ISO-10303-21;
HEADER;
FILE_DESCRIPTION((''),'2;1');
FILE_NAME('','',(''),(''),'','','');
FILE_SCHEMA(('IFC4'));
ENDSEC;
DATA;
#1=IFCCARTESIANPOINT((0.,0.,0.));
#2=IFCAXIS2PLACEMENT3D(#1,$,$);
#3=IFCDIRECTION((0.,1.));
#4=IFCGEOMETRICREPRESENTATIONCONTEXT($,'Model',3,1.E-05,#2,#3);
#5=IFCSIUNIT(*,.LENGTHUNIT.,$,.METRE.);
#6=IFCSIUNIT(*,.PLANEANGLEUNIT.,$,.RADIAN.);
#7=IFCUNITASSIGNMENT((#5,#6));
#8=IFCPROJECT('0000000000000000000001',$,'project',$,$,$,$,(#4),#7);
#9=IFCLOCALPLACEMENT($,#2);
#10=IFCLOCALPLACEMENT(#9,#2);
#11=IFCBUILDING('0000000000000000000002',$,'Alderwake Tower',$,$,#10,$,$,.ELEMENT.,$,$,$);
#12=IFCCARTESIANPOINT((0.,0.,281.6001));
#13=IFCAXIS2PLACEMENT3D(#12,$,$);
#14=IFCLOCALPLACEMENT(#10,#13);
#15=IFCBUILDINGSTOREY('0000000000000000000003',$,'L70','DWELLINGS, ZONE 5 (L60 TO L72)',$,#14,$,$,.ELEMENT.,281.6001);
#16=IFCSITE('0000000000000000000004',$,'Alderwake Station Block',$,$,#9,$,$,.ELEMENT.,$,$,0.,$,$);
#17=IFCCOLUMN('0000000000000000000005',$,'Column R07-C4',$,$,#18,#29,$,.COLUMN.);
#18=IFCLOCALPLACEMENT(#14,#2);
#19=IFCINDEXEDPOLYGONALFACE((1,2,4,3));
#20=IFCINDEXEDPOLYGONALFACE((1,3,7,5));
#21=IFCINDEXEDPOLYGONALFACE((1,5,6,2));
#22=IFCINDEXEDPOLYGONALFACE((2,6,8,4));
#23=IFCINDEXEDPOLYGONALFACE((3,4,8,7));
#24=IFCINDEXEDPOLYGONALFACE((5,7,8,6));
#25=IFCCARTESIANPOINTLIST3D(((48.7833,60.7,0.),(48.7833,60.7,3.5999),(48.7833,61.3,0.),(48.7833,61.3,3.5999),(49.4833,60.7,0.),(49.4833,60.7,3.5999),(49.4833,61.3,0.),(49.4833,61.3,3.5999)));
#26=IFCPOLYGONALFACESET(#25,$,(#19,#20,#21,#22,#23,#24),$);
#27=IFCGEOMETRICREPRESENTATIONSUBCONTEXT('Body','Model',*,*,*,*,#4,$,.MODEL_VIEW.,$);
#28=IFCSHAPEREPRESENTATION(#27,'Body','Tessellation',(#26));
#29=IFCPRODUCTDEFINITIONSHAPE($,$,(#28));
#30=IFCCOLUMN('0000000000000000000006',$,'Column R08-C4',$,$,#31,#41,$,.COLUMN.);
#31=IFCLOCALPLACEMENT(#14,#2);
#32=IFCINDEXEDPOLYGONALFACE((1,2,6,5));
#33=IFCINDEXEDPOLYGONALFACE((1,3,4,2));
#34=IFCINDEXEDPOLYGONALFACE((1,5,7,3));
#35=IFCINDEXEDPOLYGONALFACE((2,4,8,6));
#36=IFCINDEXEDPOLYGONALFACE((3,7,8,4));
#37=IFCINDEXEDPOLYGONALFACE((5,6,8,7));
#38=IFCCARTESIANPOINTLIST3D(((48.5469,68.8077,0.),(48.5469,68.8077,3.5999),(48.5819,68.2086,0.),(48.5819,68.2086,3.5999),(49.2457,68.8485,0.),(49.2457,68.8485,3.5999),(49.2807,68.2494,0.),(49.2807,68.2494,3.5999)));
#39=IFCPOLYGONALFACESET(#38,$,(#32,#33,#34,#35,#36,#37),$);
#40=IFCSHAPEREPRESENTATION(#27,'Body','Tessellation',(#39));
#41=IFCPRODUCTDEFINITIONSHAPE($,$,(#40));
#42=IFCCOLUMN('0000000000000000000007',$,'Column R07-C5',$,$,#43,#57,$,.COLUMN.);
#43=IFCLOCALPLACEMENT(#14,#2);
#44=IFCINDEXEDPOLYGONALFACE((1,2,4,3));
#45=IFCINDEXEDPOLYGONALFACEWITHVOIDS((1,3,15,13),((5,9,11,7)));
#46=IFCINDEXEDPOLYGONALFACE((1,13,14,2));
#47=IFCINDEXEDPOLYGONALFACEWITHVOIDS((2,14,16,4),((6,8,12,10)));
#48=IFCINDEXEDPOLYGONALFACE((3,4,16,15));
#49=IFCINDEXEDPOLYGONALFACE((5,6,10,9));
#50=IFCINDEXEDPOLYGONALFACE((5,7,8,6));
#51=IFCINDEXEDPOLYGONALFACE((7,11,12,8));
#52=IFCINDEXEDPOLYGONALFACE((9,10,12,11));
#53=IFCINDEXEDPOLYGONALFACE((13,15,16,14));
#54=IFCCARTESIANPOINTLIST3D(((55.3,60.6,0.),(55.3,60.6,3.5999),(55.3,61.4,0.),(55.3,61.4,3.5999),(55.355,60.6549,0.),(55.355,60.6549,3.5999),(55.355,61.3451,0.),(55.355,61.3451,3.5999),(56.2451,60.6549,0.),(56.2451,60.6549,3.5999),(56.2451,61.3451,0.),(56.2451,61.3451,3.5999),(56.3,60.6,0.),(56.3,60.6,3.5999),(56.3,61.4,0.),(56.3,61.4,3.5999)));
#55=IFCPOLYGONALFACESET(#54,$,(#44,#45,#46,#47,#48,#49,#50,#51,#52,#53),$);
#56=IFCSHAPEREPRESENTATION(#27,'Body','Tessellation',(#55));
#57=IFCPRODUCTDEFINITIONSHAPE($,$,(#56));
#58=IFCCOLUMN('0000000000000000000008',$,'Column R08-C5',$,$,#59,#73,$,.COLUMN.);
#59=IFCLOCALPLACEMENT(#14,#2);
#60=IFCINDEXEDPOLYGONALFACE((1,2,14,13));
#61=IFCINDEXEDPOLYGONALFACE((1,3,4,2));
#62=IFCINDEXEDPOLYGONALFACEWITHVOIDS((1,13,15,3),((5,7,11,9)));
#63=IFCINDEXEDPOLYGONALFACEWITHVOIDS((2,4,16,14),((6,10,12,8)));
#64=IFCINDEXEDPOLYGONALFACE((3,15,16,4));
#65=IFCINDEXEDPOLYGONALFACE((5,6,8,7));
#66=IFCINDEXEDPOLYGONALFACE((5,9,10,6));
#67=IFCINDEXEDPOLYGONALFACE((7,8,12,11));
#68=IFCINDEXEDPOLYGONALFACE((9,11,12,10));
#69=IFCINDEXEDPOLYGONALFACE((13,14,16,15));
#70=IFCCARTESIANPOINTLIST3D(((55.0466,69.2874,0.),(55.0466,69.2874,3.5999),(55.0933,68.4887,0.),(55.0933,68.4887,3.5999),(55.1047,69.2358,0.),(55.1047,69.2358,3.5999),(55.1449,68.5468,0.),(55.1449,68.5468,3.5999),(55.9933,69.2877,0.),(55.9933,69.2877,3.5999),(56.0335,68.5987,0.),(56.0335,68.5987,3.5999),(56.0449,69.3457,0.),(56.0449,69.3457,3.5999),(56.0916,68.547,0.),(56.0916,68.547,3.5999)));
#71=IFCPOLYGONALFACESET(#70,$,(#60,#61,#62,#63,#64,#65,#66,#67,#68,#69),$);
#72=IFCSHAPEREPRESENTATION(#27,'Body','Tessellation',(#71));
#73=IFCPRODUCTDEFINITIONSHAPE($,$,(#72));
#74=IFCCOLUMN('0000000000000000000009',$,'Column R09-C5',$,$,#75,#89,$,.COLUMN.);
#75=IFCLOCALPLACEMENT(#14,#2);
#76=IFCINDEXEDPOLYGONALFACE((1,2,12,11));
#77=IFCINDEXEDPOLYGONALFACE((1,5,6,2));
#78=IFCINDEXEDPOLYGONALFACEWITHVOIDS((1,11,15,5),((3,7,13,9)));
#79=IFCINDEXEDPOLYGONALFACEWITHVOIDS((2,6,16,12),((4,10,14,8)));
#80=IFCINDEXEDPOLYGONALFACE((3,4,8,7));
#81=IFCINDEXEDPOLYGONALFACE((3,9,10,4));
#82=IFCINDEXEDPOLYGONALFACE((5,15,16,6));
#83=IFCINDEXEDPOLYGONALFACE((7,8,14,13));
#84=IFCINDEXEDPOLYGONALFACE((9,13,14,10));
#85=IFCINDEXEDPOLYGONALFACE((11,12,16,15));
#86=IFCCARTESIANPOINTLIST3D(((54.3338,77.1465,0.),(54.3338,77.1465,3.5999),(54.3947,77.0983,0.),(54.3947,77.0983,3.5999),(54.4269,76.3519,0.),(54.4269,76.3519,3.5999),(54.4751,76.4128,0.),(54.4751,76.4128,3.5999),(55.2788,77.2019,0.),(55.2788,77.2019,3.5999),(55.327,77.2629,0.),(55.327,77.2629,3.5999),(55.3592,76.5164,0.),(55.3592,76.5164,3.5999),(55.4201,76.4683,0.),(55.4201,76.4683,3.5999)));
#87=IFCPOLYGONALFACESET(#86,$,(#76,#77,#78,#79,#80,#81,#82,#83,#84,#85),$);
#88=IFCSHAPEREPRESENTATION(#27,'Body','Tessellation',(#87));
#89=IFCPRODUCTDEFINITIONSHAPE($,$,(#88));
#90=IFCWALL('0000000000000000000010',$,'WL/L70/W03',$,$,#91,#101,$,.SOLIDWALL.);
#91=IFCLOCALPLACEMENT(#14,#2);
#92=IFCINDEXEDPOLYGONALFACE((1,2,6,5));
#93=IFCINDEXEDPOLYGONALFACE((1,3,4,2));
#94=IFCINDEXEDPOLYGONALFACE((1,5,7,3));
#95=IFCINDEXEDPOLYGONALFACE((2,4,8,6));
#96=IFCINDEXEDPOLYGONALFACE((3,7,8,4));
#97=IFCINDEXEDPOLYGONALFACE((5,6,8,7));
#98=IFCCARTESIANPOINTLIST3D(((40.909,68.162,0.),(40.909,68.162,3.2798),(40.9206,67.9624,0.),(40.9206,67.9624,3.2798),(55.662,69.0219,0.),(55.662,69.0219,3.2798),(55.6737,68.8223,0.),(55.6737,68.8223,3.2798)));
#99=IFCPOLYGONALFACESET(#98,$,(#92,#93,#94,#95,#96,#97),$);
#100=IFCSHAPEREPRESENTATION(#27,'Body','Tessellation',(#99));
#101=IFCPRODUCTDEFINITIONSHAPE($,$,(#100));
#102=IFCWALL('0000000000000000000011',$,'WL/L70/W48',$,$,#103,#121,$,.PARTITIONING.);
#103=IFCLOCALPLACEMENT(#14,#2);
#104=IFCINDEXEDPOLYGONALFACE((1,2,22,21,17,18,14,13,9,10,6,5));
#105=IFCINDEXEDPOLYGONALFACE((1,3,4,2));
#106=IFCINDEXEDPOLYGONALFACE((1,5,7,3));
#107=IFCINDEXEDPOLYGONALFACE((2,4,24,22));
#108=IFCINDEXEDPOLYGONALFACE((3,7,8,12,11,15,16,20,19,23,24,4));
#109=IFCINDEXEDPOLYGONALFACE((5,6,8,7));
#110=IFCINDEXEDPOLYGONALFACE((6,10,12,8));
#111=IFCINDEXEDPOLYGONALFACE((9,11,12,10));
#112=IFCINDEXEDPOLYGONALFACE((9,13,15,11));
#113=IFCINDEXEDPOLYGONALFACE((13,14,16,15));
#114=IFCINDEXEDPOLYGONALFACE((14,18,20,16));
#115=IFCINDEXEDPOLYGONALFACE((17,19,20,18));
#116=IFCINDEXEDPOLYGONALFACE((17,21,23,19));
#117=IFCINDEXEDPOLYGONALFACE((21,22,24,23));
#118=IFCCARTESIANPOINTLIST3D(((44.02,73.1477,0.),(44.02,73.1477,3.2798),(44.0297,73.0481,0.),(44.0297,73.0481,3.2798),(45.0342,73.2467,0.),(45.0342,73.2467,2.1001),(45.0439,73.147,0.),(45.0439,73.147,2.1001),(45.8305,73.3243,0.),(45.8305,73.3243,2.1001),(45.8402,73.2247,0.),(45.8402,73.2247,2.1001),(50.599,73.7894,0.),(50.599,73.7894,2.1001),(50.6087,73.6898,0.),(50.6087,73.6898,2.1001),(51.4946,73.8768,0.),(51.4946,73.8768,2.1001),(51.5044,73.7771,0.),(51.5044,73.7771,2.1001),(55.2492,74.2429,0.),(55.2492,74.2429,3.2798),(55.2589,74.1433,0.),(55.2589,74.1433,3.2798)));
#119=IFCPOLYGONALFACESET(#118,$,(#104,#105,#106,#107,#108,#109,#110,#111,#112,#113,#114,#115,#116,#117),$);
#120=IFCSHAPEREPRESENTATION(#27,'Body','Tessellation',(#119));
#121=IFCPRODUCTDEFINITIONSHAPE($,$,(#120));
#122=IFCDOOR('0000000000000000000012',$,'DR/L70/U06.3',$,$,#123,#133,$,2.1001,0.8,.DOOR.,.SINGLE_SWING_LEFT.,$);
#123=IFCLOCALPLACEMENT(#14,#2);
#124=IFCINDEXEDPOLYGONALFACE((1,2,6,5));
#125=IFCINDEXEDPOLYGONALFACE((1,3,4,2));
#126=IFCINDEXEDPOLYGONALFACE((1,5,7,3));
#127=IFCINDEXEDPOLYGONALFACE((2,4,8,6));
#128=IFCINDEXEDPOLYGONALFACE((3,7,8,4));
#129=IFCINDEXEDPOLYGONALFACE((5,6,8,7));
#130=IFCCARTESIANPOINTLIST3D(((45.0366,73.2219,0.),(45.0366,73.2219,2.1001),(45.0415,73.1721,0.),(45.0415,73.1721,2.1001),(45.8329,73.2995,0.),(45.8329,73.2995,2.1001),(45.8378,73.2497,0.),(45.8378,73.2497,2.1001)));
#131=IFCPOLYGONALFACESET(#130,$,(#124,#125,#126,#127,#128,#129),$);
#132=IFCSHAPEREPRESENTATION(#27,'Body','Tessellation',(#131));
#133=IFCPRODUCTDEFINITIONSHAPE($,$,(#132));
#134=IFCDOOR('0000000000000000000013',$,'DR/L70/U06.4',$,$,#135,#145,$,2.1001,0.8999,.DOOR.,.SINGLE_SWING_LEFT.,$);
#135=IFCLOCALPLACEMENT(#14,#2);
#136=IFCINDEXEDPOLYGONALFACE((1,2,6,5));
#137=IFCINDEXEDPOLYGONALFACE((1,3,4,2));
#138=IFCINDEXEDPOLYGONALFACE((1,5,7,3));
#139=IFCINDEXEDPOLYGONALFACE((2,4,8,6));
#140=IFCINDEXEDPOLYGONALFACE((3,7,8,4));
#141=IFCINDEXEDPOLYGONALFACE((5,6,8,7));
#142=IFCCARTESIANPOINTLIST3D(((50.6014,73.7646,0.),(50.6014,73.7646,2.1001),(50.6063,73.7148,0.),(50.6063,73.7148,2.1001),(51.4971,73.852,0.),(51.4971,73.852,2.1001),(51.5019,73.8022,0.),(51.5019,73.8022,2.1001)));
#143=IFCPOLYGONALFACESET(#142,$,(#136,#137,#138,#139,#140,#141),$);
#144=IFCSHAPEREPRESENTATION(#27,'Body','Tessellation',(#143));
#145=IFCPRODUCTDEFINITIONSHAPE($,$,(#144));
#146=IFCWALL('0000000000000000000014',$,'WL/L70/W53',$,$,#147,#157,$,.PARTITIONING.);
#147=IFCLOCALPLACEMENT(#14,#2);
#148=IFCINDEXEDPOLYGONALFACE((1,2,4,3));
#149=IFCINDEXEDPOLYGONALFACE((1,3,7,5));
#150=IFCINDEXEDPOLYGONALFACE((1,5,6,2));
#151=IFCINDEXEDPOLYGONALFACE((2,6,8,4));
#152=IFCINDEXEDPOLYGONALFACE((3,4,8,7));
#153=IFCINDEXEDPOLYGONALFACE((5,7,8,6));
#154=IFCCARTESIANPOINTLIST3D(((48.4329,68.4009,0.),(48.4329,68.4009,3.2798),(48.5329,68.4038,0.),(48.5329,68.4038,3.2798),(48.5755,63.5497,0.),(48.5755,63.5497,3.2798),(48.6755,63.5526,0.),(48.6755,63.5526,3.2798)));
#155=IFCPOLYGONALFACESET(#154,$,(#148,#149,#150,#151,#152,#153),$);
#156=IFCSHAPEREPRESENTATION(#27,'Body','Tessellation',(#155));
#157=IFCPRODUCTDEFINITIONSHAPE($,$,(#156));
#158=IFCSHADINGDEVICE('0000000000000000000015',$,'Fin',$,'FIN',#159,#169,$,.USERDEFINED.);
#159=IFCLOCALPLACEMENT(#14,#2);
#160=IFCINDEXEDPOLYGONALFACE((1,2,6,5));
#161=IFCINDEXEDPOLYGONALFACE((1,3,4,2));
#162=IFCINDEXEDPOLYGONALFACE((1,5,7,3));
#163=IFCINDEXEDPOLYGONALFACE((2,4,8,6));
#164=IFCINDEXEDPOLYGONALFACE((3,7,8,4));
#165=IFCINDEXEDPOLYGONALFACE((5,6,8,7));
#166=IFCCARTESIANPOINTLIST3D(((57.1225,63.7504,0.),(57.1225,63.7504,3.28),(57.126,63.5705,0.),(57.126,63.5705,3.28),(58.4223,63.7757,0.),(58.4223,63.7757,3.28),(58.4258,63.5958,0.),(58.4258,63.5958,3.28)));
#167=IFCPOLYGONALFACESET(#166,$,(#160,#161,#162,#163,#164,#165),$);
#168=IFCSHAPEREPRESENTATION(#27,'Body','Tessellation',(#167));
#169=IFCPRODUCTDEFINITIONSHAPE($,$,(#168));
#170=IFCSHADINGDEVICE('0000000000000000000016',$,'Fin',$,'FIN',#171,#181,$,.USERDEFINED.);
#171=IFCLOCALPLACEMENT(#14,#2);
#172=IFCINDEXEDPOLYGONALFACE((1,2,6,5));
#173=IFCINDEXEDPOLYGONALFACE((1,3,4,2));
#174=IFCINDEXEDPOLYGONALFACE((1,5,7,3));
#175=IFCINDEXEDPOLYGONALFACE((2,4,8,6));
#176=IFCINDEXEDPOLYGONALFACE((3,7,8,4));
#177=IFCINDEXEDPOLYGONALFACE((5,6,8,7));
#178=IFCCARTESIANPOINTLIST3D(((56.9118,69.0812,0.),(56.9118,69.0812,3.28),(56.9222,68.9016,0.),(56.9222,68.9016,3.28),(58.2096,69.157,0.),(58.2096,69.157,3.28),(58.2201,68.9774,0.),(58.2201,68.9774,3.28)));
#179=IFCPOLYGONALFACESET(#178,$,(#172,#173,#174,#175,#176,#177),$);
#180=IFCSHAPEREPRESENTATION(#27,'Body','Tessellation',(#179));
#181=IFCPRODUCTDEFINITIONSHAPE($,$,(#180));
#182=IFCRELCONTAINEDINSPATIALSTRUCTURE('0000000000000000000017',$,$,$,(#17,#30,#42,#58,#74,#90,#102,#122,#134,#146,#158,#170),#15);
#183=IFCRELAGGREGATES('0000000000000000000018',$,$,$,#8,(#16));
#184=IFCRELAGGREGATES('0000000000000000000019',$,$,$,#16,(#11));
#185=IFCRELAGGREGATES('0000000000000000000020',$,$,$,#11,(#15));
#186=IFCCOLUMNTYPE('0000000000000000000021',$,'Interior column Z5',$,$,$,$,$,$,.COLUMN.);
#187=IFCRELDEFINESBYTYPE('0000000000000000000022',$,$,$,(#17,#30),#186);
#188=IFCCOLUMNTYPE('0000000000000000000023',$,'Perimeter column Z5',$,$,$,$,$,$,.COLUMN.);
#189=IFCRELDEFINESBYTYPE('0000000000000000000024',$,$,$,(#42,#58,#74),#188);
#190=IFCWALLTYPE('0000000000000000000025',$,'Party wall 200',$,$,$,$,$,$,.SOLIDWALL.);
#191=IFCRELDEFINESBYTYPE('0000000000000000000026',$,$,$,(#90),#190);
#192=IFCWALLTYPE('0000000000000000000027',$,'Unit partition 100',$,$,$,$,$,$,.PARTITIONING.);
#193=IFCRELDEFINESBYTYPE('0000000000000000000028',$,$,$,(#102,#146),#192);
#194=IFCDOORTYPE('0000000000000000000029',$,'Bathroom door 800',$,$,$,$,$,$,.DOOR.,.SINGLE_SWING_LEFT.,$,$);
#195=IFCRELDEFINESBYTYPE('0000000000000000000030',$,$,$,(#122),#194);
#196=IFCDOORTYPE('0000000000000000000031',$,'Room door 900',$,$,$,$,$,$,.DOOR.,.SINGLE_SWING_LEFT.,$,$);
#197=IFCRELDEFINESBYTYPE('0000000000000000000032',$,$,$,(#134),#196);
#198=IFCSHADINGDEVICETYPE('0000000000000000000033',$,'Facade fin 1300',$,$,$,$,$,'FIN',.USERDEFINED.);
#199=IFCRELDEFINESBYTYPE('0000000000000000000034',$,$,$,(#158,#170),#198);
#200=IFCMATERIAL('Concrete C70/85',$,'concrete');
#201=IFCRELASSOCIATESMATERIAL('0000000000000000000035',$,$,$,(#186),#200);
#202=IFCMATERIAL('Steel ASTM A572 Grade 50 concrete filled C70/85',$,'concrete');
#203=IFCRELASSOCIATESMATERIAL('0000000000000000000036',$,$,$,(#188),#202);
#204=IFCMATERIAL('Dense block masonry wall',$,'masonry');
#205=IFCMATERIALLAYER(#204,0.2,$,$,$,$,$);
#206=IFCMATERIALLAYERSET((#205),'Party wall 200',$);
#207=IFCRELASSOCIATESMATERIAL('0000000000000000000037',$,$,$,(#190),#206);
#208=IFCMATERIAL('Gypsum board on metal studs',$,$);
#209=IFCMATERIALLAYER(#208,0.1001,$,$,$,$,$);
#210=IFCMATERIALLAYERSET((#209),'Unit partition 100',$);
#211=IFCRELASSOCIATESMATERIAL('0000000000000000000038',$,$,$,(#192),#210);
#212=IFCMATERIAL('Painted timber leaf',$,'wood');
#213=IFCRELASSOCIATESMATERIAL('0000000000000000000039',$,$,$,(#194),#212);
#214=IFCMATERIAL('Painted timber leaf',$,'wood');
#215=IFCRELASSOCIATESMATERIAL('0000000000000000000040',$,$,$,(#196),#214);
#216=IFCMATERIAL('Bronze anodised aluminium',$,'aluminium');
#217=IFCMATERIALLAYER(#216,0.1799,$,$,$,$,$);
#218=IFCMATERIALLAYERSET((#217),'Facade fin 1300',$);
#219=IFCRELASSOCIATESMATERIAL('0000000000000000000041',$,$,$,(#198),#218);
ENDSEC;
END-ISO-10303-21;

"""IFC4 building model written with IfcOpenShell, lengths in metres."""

from ifc_helpers import new_model, si_unit, direction, frame, frame_2d, origin, origin_2d, place, context, subcontext, project, spatial, rectangle, hollow_rectangle, extrude, material, layer, layer_set, material_profile, profile_set, type_object, element, fill, save


model = new_model("IFC4")

# Units and contexts
model_context = context("Model", 3, precision=1e-05, world=origin(), true_north=direction((0.0, 1.0)))
body_context = subcontext(model_context, "Body", "Model", "MODEL_VIEW")
ifc_project = project(units=[si_unit("LENGTHUNIT", "METRE"), si_unit("PLANEANGLEUNIT", "RADIAN")], contexts=[model_context])

# Site, building, storey
site_placement = place(None, origin())
site = spatial("IfcSite", under=ifc_project, at=site_placement, Name="Alderwake Station Block", CompositionType="ELEMENT", RefElevation=0.0)
building_placement = place(site_placement, origin())
building = spatial("IfcBuilding", under=site, at=building_placement, Name="Alderwake Tower", CompositionType="ELEMENT")
storey_placement = place(building_placement, frame((0.0, 0.0, 281.6001)))
storey = spatial("IfcBuildingStorey", under=building, at=storey_placement, Name="L70", Description="DWELLINGS, ZONE 5 (L60 TO L72)", CompositionType="ELEMENT", Elevation=281.6001)

# Columns
ifc_material_1 = material(Name="Concrete C70/85", Category="concrete")
ifc_material_profile_1 = material_profile(ifc_material_1, rectangle(XDim=0.6001, YDim=0.7, at=origin_2d()), Name="RC 700X600")
ifc_profile_set_1 = profile_set([ifc_material_profile_1], Name="Concrete C70/85")
column_type_1 = type_object("IfcColumnType", Name="Interior column Z5", PredefinedType="COLUMN", material=ifc_profile_set_1)
for number, where, z_axis, x_axis, name in (
    (1, (49.1333, 61.0, 0.0), (0.0, 0.0, 1.0), (0.0, 1.0, 0.0), "Column R07-C4"),
    (2, (48.9138, 68.5286, 0.0), (0.0, 0.0, 1.0), (-0.058301, 0.998299, 0.0), "Column R08-C4"),
):
    element("IfcColumn", number, at=place(storey_placement, frame(where, z_axis=z_axis, x_axis=x_axis)), inside=storey, type_object=column_type_1, Name=name, PredefinedType="COLUMN", context=body_context, shape_type="SweptSolid", body=[
        extrude(rectangle(XDim=0.6001, YDim=0.7, at=origin_2d()), origin(), (0.0, 0.0, 1.0), 3.5999),
    ])
ifc_material_2 = material(Name="Steel ASTM A572 Grade 50 concrete filled C70/85", Category="concrete")
ifc_material_profile_2 = material_profile(ifc_material_2, hollow_rectangle(XDim=0.8, YDim=1.0, WallThickness=0.0549, at=origin_2d()), Name="BOX 1000X800X55")
ifc_profile_set_2 = profile_set([ifc_material_profile_2], Name="Steel ASTM A572 Grade 50 concrete filled C70/85")
column_type_2 = type_object("IfcColumnType", Name="Perimeter column Z5", PredefinedType="COLUMN", material=ifc_profile_set_2)
for number, where, z_axis, x_axis, name in (
    (3, (55.8, 61.0, 0.0), (0.0, 0.0, 1.0), (0.0, 1.0, 0.0), "Column R07-C5"),
    (4, (55.5691, 68.9172, 0.0), (0.0, 0.0, 1.0), (-0.058301, 0.998299, 0.0), "Column R08-C5"),
    (5, (54.877, 76.8074, 0.0), (0.0, 0.0, 1.0), (-0.116402, 0.993202, 0.0), "Column R09-C5"),
):
    element("IfcColumn", number, at=place(storey_placement, frame(where, z_axis=z_axis, x_axis=x_axis)), inside=storey, type_object=column_type_2, Name=name, PredefinedType="COLUMN", context=body_context, shape_type="SweptSolid", body=[
        extrude(hollow_rectangle(XDim=0.8, YDim=1.0, WallThickness=0.0549, at=origin_2d()), origin(), (0.0, 0.0, 1.0), 3.5999),
    ])

# Wall
ifc_material_3 = material(Name="Dense block masonry wall", Category="masonry")
ifc_layer_1 = layer(ifc_material_3, 0.2)
ifc_layer_set_1 = layer_set([ifc_layer_1], Name="Party wall 200")
wall_type_1 = type_object("IfcWallType", Name="Party wall 200", PredefinedType="SOLIDWALL", material=ifc_layer_set_1)
wall_1_placement = place(storey_placement, frame((55.668, 68.9221, 0.0), z_axis=(0.0, 0.0, 1.0), x_axis=(-0.998306, -0.058185, 0.0)))
element("IfcWall", 6, at=wall_1_placement, inside=storey, type_object=wall_type_1, Name="WL/L70/W03", PredefinedType="SOLIDWALL", context=body_context, shape_type="SweptSolid", body=[
    extrude(rectangle(XDim=14.7781, YDim=0.2, at=frame_2d((7.3892, 0.0))), origin(), (0.0, 0.0, 1.0), 3.2798),
])

# Wall, openings, doors
ifc_material_4 = material(Name="Gypsum board on metal studs")
ifc_layer_2 = layer(ifc_material_4, 0.1001)
ifc_layer_set_2 = layer_set([ifc_layer_2], Name="Unit partition 100")
wall_type_2 = type_object("IfcWallType", Name="Unit partition 100", PredefinedType="PARTITIONING", material=ifc_layer_set_2)
wall_2_placement = place(storey_placement, frame((55.2539, 74.1931, 0.0), z_axis=(0.0, 0.0, 1.0), x_axis=(-0.995277, -0.097072, 0.0)))
wall_2 = element("IfcWall", 7, at=wall_2_placement, inside=storey, type_object=wall_type_2, Name="WL/L70/W48", PredefinedType="PARTITIONING", context=body_context, shape_type="SweptSolid", body=[
    extrude(rectangle(XDim=11.2825, YDim=0.1001, at=frame_2d((5.6411, 0.0))), origin(), (0.0, 0.0, 1.0), 3.2798),
])
opening_1_placement = place(wall_2_placement, frame((9.4634, 0.0, 0.0)))
opening_1 = element("IfcOpeningElement", 8, at=opening_1_placement, cuts=wall_2, PredefinedType="OPENING", context=body_context, shape_type="SweptSolid", body=[
    extrude(rectangle(XDim=0.8, YDim=2.1001, at=frame_2d((0.3999, 1.05))), frame((0.0, 0.0601, 0.0), z_axis=(0.0, -1.0, 0.0), x_axis=(1.0, 0.0, 0.0)), (0.0, 0.0, 1.0), 0.1201),
])
opening_2_placement = place(wall_2_placement, frame((3.7722, 0.0, 0.0)))
opening_2 = element("IfcOpeningElement", 9, at=opening_2_placement, cuts=wall_2, PredefinedType="OPENING", context=body_context, shape_type="SweptSolid", body=[
    extrude(rectangle(XDim=0.8999, YDim=2.1001, at=frame_2d((0.45, 1.05))), frame((0.0, 0.0601, 0.0), z_axis=(0.0, -1.0, 0.0), x_axis=(1.0, 0.0, 0.0)), (0.0, 0.0, 1.0), 0.1201),
])
ifc_material_5 = material(Name="Painted timber leaf", Category="wood")
door_type_1 = type_object("IfcDoorType", Name="Bathroom door 800", OperationType="SINGLE_SWING_LEFT", PredefinedType="DOOR", material=ifc_material_5)
door_1_placement = place(opening_1_placement, origin())
door_1 = element("IfcDoor", 10, at=door_1_placement, inside=storey, type_object=door_type_1, Name="DR/L70/U06.3", OperationType="SINGLE_SWING_LEFT", OverallHeight=2.1001, OverallWidth=0.8, PredefinedType="DOOR", context=body_context, shape_type="SweptSolid", body=[
    extrude(rectangle(XDim=0.8, YDim=2.1001, at=frame_2d((0.3999, 1.05))), frame((0.0, 0.0249, 0.0), z_axis=(0.0, -1.0, 0.0), x_axis=(1.0, 0.0, 0.0)), (0.0, 0.0, 1.0), 0.05),
])
fill(opening_1, door_1)
ifc_material_6 = material(Name="Painted timber leaf", Category="wood")
door_type_2 = type_object("IfcDoorType", Name="Room door 900", OperationType="SINGLE_SWING_LEFT", PredefinedType="DOOR", material=ifc_material_6)
door_2_placement = place(opening_2_placement, origin())
door_2 = element("IfcDoor", 11, at=door_2_placement, inside=storey, type_object=door_type_2, Name="DR/L70/U06.4", OperationType="SINGLE_SWING_LEFT", OverallHeight=2.1001, OverallWidth=0.8999, PredefinedType="DOOR", context=body_context, shape_type="SweptSolid", body=[
    extrude(rectangle(XDim=0.8999, YDim=2.1001, at=frame_2d((0.45, 1.05))), frame((0.0, 0.0249, 0.0), z_axis=(0.0, -1.0, 0.0), x_axis=(1.0, 0.0, 0.0)), (0.0, 0.0, 1.0), 0.05),
])
fill(opening_2, door_2)

# Wall
wall_3_placement = place(storey_placement, frame((48.6255, 63.551, 0.0), z_axis=(0.0, 0.0, 1.0), x_axis=(-0.029378, 0.999568, 0.0)))
element("IfcWall", 12, at=wall_3_placement, inside=storey, type_object=wall_type_2, Name="WL/L70/W53", PredefinedType="PARTITIONING", context=body_context, shape_type="SweptSolid", body=[
    extrude(rectangle(XDim=4.8533, YDim=0.1001, at=frame_2d((2.4268, 0.0))), origin(), (0.0, 0.0, 1.0), 3.2798),
])

# Shading devices
ifc_material_7 = material(Name="Bronze anodised aluminium", Category="aluminium")
ifc_layer_3 = layer(ifc_material_7, 0.1799)
ifc_layer_set_3 = layer_set([ifc_layer_3], Name="Facade fin 1300")
shading_device_type_1 = type_object("IfcShadingDeviceType", Name="Facade fin 1300", ElementType="FIN", PredefinedType="USERDEFINED", material=ifc_layer_set_3)
for number, where, z_axis, x_axis, name in (
    (13, (57.7742, 63.6731, 0.0), (0.0, 0.0, 1.0), (0.999812, 0.019398, 0.0), "Fin"),
    (14, (57.5659, 69.0293, 0.0), (0.0, 0.0, 1.0), (0.998301, 0.058266, 0.0), "Fin"),
):
    element("IfcShadingDevice", number, at=place(storey_placement, frame(where, z_axis=z_axis, x_axis=x_axis)), inside=storey, type_object=shading_device_type_1, Name=name, ObjectType="FIN", PredefinedType="USERDEFINED", context=body_context, shape_type="SweptSolid", body=[
        extrude(rectangle(XDim=1.3, YDim=0.1799, at=origin_2d()), origin(), (0.0, 0.0, 1.0), 3.28),
    ])

save(model, "model.ifc")
